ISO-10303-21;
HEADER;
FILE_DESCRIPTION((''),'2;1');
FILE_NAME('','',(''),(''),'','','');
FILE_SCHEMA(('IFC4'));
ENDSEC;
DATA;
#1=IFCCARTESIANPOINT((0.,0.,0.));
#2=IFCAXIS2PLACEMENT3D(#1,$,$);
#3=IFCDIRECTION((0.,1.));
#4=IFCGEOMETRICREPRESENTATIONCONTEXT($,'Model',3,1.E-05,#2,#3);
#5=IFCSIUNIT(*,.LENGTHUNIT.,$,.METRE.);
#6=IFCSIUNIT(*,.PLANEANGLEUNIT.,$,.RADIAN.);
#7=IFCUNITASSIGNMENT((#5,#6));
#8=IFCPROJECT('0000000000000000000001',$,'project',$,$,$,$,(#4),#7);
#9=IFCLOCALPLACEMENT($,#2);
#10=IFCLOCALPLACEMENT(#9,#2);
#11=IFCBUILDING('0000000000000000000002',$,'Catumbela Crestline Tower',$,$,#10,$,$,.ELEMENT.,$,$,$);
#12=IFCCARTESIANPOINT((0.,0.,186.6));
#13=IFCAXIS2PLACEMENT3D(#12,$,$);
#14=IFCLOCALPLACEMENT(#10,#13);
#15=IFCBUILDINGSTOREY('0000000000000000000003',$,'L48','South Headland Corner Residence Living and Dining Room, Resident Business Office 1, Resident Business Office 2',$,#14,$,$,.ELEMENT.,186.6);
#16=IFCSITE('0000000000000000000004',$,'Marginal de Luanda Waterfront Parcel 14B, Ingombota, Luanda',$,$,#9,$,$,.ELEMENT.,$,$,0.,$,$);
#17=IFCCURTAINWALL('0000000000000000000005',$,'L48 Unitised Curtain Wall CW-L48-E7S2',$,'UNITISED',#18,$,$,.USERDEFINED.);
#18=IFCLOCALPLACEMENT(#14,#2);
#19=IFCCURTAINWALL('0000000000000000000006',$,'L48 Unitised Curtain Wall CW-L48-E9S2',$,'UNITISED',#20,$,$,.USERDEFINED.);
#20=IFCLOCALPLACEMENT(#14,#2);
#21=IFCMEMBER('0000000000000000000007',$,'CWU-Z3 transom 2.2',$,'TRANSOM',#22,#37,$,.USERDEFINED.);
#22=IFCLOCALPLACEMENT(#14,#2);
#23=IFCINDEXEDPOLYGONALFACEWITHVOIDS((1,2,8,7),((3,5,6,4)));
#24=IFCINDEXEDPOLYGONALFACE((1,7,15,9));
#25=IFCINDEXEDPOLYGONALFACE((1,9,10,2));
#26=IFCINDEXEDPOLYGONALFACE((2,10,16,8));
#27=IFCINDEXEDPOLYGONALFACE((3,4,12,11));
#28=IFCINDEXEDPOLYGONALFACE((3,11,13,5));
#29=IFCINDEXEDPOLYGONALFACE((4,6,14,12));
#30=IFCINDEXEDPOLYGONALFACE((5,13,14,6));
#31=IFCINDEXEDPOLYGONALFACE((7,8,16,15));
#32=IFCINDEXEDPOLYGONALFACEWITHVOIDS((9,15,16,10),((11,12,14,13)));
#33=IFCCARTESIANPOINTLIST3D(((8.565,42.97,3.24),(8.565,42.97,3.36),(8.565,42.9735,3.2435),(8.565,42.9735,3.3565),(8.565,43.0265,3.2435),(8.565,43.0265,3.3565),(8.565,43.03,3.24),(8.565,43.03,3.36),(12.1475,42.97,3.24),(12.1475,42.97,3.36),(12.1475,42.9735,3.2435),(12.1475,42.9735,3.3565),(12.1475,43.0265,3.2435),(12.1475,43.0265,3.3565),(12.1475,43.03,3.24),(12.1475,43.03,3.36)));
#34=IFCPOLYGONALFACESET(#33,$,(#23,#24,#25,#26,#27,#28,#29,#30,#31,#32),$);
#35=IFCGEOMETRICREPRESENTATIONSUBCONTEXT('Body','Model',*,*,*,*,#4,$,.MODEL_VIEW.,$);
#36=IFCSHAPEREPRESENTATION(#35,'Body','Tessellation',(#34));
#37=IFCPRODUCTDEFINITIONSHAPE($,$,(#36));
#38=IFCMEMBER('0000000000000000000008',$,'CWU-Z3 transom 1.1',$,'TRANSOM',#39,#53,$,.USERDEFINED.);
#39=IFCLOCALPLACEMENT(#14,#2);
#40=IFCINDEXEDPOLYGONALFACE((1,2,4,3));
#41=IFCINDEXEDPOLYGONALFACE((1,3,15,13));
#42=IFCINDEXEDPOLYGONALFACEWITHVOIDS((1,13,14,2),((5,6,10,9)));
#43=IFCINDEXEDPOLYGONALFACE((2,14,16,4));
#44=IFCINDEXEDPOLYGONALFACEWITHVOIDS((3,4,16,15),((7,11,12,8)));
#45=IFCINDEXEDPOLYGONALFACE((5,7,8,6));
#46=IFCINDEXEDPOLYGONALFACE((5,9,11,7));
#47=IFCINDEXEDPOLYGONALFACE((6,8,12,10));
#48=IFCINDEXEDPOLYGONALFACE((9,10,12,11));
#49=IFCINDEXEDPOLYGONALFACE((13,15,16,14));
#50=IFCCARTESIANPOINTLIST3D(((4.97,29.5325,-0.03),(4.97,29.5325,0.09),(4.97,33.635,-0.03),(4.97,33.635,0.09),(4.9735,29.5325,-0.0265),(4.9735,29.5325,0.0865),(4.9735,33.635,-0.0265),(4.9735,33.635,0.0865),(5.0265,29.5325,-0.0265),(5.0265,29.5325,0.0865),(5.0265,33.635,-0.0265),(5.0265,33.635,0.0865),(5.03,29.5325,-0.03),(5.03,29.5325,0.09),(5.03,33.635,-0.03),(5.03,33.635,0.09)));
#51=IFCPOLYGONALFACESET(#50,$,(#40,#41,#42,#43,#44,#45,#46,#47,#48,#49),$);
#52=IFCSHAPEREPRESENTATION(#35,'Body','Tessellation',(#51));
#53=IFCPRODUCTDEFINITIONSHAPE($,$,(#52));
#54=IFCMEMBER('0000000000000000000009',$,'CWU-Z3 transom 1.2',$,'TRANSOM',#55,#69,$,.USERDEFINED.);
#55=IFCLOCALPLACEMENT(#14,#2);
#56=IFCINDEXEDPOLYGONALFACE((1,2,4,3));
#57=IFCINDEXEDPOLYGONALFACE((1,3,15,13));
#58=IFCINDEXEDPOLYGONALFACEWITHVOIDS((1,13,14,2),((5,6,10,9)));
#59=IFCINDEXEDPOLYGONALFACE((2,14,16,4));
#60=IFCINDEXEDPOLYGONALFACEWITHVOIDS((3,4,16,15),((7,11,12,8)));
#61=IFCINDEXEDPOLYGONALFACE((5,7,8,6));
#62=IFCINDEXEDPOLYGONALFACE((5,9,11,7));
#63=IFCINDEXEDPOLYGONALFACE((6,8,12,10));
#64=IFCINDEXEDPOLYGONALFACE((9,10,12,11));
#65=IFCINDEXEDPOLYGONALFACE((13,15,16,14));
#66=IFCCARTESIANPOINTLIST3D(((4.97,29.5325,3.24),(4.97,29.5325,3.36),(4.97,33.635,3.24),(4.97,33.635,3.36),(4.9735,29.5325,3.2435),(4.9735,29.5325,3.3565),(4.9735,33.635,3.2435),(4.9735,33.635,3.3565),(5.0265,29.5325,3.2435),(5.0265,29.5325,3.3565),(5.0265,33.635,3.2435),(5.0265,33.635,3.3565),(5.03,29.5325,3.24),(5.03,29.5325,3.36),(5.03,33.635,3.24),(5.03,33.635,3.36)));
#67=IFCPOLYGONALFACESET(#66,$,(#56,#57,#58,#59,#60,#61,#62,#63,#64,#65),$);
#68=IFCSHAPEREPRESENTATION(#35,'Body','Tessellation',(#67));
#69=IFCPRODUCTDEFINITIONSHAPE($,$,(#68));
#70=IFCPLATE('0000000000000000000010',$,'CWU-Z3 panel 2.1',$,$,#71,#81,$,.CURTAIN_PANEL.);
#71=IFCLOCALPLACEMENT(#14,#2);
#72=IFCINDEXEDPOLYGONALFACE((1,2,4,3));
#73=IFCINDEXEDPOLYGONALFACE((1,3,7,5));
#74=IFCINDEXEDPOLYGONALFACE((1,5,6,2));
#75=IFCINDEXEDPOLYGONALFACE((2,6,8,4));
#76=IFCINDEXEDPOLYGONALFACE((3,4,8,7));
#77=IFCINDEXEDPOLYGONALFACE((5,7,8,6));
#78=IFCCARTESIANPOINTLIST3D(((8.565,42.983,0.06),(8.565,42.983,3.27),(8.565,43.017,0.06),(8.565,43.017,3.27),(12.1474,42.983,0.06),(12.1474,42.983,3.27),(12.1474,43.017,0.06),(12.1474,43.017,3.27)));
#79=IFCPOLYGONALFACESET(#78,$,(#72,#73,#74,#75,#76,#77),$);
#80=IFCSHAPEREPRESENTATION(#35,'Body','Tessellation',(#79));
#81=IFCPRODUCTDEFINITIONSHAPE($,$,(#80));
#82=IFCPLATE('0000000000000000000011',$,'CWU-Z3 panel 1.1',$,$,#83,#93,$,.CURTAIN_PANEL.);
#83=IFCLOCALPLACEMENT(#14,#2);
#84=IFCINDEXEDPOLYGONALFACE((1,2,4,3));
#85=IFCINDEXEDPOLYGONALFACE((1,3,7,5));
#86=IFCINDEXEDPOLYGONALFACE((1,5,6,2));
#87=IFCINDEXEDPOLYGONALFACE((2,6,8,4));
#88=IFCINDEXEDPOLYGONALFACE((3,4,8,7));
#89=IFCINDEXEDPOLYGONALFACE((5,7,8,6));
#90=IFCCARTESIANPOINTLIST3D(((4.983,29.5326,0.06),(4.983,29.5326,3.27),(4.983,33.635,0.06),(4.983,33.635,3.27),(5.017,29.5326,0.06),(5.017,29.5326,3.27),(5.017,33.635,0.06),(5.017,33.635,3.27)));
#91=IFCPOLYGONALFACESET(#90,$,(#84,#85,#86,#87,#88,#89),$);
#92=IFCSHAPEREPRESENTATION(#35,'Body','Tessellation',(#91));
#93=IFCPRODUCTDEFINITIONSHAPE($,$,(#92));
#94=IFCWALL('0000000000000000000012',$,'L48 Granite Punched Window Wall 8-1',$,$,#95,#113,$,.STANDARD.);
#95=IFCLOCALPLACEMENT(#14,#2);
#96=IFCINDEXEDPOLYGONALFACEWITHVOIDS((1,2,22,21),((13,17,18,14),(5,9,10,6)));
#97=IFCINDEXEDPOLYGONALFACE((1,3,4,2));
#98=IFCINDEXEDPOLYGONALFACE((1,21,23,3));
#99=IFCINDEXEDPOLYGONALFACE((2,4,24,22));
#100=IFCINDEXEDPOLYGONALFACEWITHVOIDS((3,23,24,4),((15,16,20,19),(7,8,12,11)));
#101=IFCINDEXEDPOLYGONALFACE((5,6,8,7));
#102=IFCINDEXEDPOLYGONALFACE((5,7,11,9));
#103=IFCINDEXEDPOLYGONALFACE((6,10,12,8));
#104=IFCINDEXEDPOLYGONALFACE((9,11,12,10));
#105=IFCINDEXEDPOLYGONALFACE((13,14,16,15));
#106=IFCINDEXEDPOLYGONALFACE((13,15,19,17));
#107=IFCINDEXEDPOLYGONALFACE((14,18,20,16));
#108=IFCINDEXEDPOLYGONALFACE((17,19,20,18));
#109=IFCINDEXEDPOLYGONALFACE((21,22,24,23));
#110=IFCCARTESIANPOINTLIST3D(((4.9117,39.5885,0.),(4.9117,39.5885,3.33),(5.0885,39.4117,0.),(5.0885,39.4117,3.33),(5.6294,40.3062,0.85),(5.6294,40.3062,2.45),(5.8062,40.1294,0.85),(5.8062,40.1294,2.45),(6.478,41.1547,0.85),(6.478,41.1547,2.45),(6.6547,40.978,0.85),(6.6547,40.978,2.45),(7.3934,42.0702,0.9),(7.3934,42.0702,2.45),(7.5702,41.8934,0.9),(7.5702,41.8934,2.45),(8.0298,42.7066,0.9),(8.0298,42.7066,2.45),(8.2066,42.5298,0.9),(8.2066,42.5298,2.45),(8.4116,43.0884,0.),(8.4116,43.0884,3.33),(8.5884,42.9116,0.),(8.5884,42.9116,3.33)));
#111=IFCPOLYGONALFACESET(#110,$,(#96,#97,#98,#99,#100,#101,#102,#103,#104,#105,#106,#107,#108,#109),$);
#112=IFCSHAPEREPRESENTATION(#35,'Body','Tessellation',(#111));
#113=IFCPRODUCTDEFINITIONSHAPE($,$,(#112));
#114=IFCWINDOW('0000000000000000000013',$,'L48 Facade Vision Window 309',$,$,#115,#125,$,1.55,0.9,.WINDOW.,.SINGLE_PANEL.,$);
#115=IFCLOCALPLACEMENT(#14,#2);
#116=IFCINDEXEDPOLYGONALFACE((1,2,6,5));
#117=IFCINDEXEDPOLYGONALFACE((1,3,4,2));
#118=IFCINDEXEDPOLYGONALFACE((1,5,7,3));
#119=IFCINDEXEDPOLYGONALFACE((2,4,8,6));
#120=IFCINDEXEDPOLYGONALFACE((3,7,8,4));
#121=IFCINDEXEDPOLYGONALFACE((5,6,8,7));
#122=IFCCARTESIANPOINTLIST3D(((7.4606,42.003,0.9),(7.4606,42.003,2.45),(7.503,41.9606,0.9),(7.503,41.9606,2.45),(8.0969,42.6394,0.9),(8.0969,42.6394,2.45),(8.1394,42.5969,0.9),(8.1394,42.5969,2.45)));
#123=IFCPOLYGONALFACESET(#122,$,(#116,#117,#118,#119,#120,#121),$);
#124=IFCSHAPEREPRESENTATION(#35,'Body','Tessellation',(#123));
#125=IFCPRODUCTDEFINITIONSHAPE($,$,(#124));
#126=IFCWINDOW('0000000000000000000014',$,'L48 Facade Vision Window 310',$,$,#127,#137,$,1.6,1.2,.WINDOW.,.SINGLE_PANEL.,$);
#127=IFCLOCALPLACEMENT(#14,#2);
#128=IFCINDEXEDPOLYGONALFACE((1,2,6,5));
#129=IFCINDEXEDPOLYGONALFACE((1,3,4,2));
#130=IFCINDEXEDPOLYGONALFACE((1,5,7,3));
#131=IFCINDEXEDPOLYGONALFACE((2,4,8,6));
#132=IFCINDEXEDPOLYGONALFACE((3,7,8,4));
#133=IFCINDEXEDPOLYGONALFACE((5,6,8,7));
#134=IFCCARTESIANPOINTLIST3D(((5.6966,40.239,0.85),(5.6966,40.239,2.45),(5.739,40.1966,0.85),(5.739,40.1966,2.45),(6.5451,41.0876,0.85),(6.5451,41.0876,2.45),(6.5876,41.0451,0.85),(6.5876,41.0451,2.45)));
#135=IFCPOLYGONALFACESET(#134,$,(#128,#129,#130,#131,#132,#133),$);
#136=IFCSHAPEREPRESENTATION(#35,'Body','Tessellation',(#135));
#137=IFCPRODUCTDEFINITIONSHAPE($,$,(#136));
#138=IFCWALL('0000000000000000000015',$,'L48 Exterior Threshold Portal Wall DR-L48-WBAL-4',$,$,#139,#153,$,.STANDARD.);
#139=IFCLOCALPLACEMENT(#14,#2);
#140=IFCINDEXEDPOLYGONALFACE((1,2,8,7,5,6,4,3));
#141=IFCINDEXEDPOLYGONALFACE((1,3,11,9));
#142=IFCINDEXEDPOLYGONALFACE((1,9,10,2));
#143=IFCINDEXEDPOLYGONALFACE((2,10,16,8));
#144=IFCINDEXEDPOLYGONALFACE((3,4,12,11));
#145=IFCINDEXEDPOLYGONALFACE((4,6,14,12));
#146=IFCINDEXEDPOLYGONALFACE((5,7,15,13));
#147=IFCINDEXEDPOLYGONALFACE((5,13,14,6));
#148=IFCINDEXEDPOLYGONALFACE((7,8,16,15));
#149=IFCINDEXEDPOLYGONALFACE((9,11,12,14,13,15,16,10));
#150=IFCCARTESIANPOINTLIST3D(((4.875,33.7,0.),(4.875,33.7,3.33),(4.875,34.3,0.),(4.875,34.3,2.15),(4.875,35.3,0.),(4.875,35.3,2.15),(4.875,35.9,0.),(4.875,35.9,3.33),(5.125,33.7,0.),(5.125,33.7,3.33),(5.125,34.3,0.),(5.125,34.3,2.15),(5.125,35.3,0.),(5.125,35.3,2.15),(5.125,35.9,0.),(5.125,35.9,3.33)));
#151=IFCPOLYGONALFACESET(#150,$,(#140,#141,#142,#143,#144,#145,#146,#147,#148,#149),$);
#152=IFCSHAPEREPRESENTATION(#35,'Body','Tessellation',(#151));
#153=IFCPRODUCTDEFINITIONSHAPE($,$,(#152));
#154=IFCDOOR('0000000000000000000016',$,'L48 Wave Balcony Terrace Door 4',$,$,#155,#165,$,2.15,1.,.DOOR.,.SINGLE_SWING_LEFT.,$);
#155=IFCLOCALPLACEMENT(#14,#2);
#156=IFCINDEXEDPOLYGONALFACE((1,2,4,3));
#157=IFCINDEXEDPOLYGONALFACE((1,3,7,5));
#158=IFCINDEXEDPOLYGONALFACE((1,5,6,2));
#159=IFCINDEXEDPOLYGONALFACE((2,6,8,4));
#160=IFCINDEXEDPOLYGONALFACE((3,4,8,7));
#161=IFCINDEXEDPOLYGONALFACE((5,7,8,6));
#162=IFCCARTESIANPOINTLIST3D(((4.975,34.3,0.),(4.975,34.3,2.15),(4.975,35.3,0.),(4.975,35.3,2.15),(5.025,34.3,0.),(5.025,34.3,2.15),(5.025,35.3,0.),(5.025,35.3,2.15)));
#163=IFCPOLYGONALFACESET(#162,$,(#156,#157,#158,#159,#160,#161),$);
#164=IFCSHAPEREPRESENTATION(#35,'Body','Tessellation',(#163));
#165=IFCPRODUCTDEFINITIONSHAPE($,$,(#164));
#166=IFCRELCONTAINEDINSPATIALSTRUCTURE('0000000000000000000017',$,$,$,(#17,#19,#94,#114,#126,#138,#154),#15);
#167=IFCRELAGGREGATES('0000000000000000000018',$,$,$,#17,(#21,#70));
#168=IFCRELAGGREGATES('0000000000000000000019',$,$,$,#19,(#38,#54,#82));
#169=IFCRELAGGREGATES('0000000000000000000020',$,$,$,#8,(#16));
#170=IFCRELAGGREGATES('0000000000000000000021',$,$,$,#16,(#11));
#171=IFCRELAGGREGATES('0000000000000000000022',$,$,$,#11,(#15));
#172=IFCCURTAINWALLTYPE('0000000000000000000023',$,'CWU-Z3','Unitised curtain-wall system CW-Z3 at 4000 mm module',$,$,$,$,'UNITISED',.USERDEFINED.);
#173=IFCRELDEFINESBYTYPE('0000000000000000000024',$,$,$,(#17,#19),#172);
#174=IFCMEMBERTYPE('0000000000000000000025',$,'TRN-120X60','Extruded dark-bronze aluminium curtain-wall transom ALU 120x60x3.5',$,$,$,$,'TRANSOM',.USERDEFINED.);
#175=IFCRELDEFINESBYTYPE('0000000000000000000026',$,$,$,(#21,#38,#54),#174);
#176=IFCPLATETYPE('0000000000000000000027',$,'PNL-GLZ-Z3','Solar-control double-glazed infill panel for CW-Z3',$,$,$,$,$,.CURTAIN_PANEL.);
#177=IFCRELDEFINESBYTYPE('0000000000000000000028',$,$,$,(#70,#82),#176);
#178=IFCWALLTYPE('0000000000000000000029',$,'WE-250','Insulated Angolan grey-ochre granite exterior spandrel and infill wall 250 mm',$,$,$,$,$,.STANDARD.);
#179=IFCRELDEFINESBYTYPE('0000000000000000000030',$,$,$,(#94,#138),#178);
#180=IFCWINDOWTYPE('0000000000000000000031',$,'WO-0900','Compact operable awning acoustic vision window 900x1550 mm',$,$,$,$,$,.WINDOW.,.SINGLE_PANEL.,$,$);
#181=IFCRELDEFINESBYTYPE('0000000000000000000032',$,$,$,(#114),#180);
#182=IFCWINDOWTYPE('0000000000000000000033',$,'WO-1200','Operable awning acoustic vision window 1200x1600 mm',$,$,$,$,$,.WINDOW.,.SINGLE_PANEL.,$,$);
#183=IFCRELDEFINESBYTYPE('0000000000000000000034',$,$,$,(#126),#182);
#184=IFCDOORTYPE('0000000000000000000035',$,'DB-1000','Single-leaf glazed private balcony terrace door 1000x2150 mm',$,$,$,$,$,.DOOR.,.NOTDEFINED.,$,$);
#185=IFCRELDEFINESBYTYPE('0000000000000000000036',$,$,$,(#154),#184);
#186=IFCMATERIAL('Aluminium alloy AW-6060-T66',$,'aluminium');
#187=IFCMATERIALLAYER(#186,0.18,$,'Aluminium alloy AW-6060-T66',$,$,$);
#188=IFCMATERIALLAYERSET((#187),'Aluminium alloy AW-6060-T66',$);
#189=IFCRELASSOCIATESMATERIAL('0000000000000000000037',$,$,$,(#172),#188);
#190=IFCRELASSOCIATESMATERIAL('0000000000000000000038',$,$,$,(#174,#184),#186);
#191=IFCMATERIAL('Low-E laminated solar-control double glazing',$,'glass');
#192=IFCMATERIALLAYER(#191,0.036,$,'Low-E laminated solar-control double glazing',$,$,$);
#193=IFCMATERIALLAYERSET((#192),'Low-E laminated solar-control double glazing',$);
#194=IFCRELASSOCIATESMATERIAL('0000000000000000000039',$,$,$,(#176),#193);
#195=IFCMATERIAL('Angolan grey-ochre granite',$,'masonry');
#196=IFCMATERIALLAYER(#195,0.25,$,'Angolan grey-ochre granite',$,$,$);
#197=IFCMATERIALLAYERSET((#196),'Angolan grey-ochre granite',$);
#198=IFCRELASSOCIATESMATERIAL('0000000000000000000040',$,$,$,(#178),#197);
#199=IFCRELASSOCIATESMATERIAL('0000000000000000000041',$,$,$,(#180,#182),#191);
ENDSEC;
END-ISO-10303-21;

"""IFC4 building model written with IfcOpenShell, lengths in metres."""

from ifc_helpers import new_model, si_unit, direction, frame, frame_2d, origin, origin_2d, place, context, subcontext, project, spatial, rectangle, hollow_rectangle, extrude, material, layer, layer_set, material_profile, profile_set, type_object, element, fill, aggregate, save


model = new_model("IFC4")

# Units and contexts
model_context = context("Model", 3, precision=1e-05, world=origin(), true_north=direction((0.0, 1.0)))
body_context = subcontext(model_context, "Body", "Model", "MODEL_VIEW")
ifc_project = project(units=[si_unit("LENGTHUNIT", "METRE"), si_unit("PLANEANGLEUNIT", "RADIAN")], contexts=[model_context])

# Site, building, storey
site_placement = place(None, origin())
site = spatial("IfcSite", under=ifc_project, at=site_placement, Name="Marginal de Luanda Waterfront Parcel 14B, Ingombota, Luanda", CompositionType="ELEMENT", RefElevation=0.0)
building_placement = place(site_placement, origin())
building = spatial("IfcBuilding", under=site, at=building_placement, Name="Catumbela Crestline Tower", CompositionType="ELEMENT")
storey_placement = place(building_placement, frame((0.0, 0.0, 186.6)))
storey = spatial("IfcBuildingStorey", under=building, at=storey_placement, Name="L48", Description="South Headland Corner Residence Living and Dining Room, Resident Business Office 1, Resident Business Office 2", CompositionType="ELEMENT", Elevation=186.6)

# Curtain wall
ifc_material_1 = material(Name="Aluminium alloy AW-6060-T66", Category="aluminium")
ifc_layer_1 = layer(ifc_material_1, 0.18, Name="Aluminium alloy AW-6060-T66")
ifc_layer_set_1 = layer_set([ifc_layer_1], Name="Aluminium alloy AW-6060-T66")
curtain_wall_type = type_object("IfcCurtainWallType", Name="CWU-Z3", Description="Unitised curtain-wall system CW-Z3 at 4000 mm module", ElementType="UNITISED", PredefinedType="USERDEFINED", material=ifc_layer_set_1)
curtain_wall_1_placement = place(storey_placement, origin())
curtain_wall_1 = element("IfcCurtainWall", 1, at=curtain_wall_1_placement, inside=storey, type_object=curtain_wall_type, Name="L48 Unitised Curtain Wall CW-L48-E7S2", ObjectType="UNITISED", PredefinedType="USERDEFINED")

# Curtain wall
curtain_wall_2_placement = place(storey_placement, origin())
curtain_wall_2 = element("IfcCurtainWall", 2, at=curtain_wall_2_placement, inside=storey, type_object=curtain_wall_type, Name="L48 Unitised Curtain Wall CW-L48-E9S2", ObjectType="UNITISED", PredefinedType="USERDEFINED")

# Members
ifc_material_profile_1 = material_profile(ifc_material_1, hollow_rectangle(XDim=0.06, YDim=0.12, WallThickness=0.0035, at=origin_2d()), Name="ALU 120x60x3.5")
ifc_profile_set_1 = profile_set([ifc_material_profile_1], Name="Aluminium alloy AW-6060-T66")
member_type_1 = type_object("IfcMemberType", Name="TRN-120X60", Description="Extruded dark-bronze aluminium curtain-wall transom ALU 120x60x3.5", ElementType="TRANSOM", PredefinedType="USERDEFINED", material=ifc_profile_set_1)
member_1_placement = place(storey_placement, frame((12.1475, 43.0, 3.3), z_axis=(-1.0, 0.0, 0.0), x_axis=(0.0, -1.0, 0.0)))
member_1 = element("IfcMember", 3, at=member_1_placement, type_object=member_type_1, Name="CWU-Z3 transom 2.2", ObjectType="TRANSOM", PredefinedType="USERDEFINED", context=body_context, shape_type="SweptSolid", body=[
    extrude(hollow_rectangle(XDim=0.06, YDim=0.12, WallThickness=0.0035, at=origin_2d()), origin(), (0.0, 0.0, 1.0), 3.5825),
])
member_2_placement = place(storey_placement, frame((5.0, 33.635, 0.03), z_axis=(0.0, -1.0, 0.0), x_axis=(1.0, 0.0, 0.0)))
member_2 = element("IfcMember", 4, at=member_2_placement, type_object=member_type_1, Name="CWU-Z3 transom 1.1", ObjectType="TRANSOM", PredefinedType="USERDEFINED", context=body_context, shape_type="SweptSolid", body=[
    extrude(hollow_rectangle(XDim=0.06, YDim=0.12, WallThickness=0.0035, at=origin_2d()), origin(), (0.0, 0.0, 1.0), 4.1025),
])
member_3_placement = place(storey_placement, frame((5.0, 33.635, 3.3), z_axis=(0.0, -1.0, 0.0), x_axis=(1.0, 0.0, 0.0)))
member_3 = element("IfcMember", 5, at=member_3_placement, type_object=member_type_1, Name="CWU-Z3 transom 1.2", ObjectType="TRANSOM", PredefinedType="USERDEFINED", context=body_context, shape_type="SweptSolid", body=[
    extrude(hollow_rectangle(XDim=0.06, YDim=0.12, WallThickness=0.0035, at=origin_2d()), origin(), (0.0, 0.0, 1.0), 4.1025),
])

# Plates
ifc_material_2 = material(Name="Low-E laminated solar-control double glazing", Category="glass")
ifc_layer_2 = layer(ifc_material_2, 0.036, Name="Low-E laminated solar-control double glazing")
ifc_layer_set_2 = layer_set([ifc_layer_2], Name="Low-E laminated solar-control double glazing")
plate_type = type_object("IfcPlateType", Name="PNL-GLZ-Z3", Description="Solar-control double-glazed infill panel for CW-Z3", PredefinedType="CURTAIN_PANEL", material=ifc_layer_set_2)
plate_1_placement = place(storey_placement, frame((10.3562, 43.0, 0.06), z_axis=(0.0, 0.0, 1.0), x_axis=(-1.0, 0.0, 0.0)))
plate_1 = element("IfcPlate", 6, at=plate_1_placement, type_object=plate_type, Name="CWU-Z3 panel 2.1", PredefinedType="CURTAIN_PANEL", context=body_context, shape_type="SweptSolid", body=[
    extrude(rectangle(XDim=3.5825, YDim=0.034, at=origin_2d()), origin(), (0.0, 0.0, 1.0), 3.21),
])
aggregate(curtain_wall_1, [member_1, plate_1])
plate_2_placement = place(storey_placement, frame((5.0, 31.5838, 0.06), z_axis=(0.0, 0.0, 1.0), x_axis=(0.0, -1.0, 0.0)))
plate_2 = element("IfcPlate", 7, at=plate_2_placement, type_object=plate_type, Name="CWU-Z3 panel 1.1", PredefinedType="CURTAIN_PANEL", context=body_context, shape_type="SweptSolid", body=[
    extrude(rectangle(XDim=4.1025, YDim=0.034, at=origin_2d()), origin(), (0.0, 0.0, 1.0), 3.21),
])
aggregate(curtain_wall_2, [member_2, member_3, plate_2])

# Wall, openings, windows
ifc_material_3 = material(Name="Angolan grey-ochre granite", Category="masonry")
ifc_layer_3 = layer(ifc_material_3, 0.25, Name="Angolan grey-ochre granite")
ifc_layer_set_3 = layer_set([ifc_layer_3], Name="Angolan grey-ochre granite")
wall_type_1 = type_object("IfcWallType", Name="WE-250", Description="Insulated Angolan grey-ochre granite exterior spandrel and infill wall 250 mm", PredefinedType="STANDARD", material=ifc_layer_set_3)
wall_1_placement = place(storey_placement, frame((8.5, 43.0, 0.0), z_axis=(0.0, 0.0, 1.0), x_axis=(-0.707107, -0.707107, 0.0)))
wall_1 = element("IfcWall", 8, at=wall_1_placement, inside=storey, type_object=wall_type_1, Name="L48 Granite Punched Window Wall 8-1", PredefinedType="STANDARD", context=body_context, shape_type="SweptSolid", body=[
    extrude(rectangle(XDim=4.9497, YDim=0.25, at=frame_2d((2.4748, 0.0))), origin(), (0.0, 0.0, 1.0), 3.33),
])
opening_1_placement = place(wall_1_placement, frame((0.54, 0.0, 0.9)))
opening_1 = element("IfcOpeningElement", 9, at=opening_1_placement, cuts=wall_1, PredefinedType="OPENING", context=body_context, shape_type="SweptSolid", body=[
    extrude(rectangle(XDim=0.9, YDim=1.55, at=frame_2d((0.45, 0.775))), frame((0.0, 0.135, 0.0), z_axis=(0.0, -1.0, 0.0), x_axis=(1.0, 0.0, 0.0)), (0.0, 0.0, 1.0), 0.27),
])
opening_2_placement = place(wall_1_placement, frame((2.7346, 0.0, 0.85)))
opening_2 = element("IfcOpeningElement", 10, at=opening_2_placement, cuts=wall_1, PredefinedType="OPENING", context=body_context, shape_type="SweptSolid", body=[
    extrude(rectangle(XDim=1.2, YDim=1.6, at=frame_2d((0.6, 0.8))), frame((0.0, 0.135, 0.0), z_axis=(0.0, -1.0, 0.0), x_axis=(1.0, 0.0, 0.0)), (0.0, 0.0, 1.0), 0.27),
])
window_type_1 = type_object("IfcWindowType", Name="WO-0900", Description="Compact operable awning acoustic vision window 900x1550 mm", PartitioningType="SINGLE_PANEL", PredefinedType="WINDOW", material=ifc_material_2)
window_1_placement = place(opening_1_placement, origin())
window_1 = element("IfcWindow", 11, at=window_1_placement, inside=storey, type_object=window_type_1, Name="L48 Facade Vision Window 309", OverallHeight=1.55, OverallWidth=0.9, PartitioningType="SINGLE_PANEL", PredefinedType="WINDOW", context=body_context, shape_type="SweptSolid", body=[
    extrude(rectangle(XDim=0.9, YDim=1.55, at=frame_2d((0.45, 0.775))), frame((0.0, 0.03, 0.0), z_axis=(0.0, -1.0, 0.0), x_axis=(1.0, 0.0, 0.0)), (0.0, 0.0, 1.0), 0.06),
])
fill(opening_1, window_1)
window_type_2 = type_object("IfcWindowType", Name="WO-1200", Description="Operable awning acoustic vision window 1200x1600 mm", PartitioningType="SINGLE_PANEL", PredefinedType="WINDOW", material=ifc_material_2)
window_2_placement = place(opening_2_placement, origin())
window_2 = element("IfcWindow", 12, at=window_2_placement, inside=storey, type_object=window_type_2, Name="L48 Facade Vision Window 310", OverallHeight=1.6, OverallWidth=1.2, PartitioningType="SINGLE_PANEL", PredefinedType="WINDOW", context=body_context, shape_type="SweptSolid", body=[
    extrude(rectangle(XDim=1.2, YDim=1.6, at=frame_2d((0.6, 0.8))), frame((0.0, 0.03, 0.0), z_axis=(0.0, -1.0, 0.0), x_axis=(1.0, 0.0, 0.0)), (0.0, 0.0, 1.0), 0.06),
])
fill(opening_2, window_2)

# Wall, opening, door
wall_2_placement = place(storey_placement, frame((5.0, 35.9, 0.0), z_axis=(0.0, 0.0, 1.0), x_axis=(0.0, -1.0, 0.0)))
wall_2 = element("IfcWall", 13, at=wall_2_placement, inside=storey, type_object=wall_type_1, Name="L48 Exterior Threshold Portal Wall DR-L48-WBAL-4", PredefinedType="STANDARD", context=body_context, shape_type="SweptSolid", body=[
    extrude(rectangle(XDim=2.2, YDim=0.25, at=frame_2d((1.1, 0.0))), origin(), (0.0, 0.0, 1.0), 3.33),
])
opening_3_placement = place(wall_2_placement, frame((0.6, 0.0, 0.0)))
opening_3 = element("IfcOpeningElement", 14, at=opening_3_placement, cuts=wall_2, PredefinedType="OPENING", context=body_context, shape_type="SweptSolid", body=[
    extrude(rectangle(XDim=1.0, YDim=2.15, at=frame_2d((0.5, 1.075))), frame((0.0, 0.135, 0.0), z_axis=(0.0, -1.0, 0.0), x_axis=(1.0, 0.0, 0.0)), (0.0, 0.0, 1.0), 0.27),
])
door_type = type_object("IfcDoorType", Name="DB-1000", Description="Single-leaf glazed private balcony terrace door 1000x2150 mm", OperationType="NOTDEFINED", PredefinedType="DOOR", material=ifc_material_1)
door_placement = place(opening_3_placement, origin())
door = element("IfcDoor", 15, at=door_placement, inside=storey, type_object=door_type, Name="L48 Wave Balcony Terrace Door 4", OperationType="SINGLE_SWING_LEFT", OverallHeight=2.15, OverallWidth=1.0, PredefinedType="DOOR", context=body_context, shape_type="SweptSolid", body=[
    extrude(rectangle(XDim=1.0, YDim=2.15, at=frame_2d((0.5, 1.075))), frame((0.0, 0.025, 0.0), z_axis=(0.0, -1.0, 0.0), x_axis=(1.0, 0.0, 0.0)), (0.0, 0.0, 1.0), 0.05),
])
fill(opening_3, door)

save(model, "model.ifc")
